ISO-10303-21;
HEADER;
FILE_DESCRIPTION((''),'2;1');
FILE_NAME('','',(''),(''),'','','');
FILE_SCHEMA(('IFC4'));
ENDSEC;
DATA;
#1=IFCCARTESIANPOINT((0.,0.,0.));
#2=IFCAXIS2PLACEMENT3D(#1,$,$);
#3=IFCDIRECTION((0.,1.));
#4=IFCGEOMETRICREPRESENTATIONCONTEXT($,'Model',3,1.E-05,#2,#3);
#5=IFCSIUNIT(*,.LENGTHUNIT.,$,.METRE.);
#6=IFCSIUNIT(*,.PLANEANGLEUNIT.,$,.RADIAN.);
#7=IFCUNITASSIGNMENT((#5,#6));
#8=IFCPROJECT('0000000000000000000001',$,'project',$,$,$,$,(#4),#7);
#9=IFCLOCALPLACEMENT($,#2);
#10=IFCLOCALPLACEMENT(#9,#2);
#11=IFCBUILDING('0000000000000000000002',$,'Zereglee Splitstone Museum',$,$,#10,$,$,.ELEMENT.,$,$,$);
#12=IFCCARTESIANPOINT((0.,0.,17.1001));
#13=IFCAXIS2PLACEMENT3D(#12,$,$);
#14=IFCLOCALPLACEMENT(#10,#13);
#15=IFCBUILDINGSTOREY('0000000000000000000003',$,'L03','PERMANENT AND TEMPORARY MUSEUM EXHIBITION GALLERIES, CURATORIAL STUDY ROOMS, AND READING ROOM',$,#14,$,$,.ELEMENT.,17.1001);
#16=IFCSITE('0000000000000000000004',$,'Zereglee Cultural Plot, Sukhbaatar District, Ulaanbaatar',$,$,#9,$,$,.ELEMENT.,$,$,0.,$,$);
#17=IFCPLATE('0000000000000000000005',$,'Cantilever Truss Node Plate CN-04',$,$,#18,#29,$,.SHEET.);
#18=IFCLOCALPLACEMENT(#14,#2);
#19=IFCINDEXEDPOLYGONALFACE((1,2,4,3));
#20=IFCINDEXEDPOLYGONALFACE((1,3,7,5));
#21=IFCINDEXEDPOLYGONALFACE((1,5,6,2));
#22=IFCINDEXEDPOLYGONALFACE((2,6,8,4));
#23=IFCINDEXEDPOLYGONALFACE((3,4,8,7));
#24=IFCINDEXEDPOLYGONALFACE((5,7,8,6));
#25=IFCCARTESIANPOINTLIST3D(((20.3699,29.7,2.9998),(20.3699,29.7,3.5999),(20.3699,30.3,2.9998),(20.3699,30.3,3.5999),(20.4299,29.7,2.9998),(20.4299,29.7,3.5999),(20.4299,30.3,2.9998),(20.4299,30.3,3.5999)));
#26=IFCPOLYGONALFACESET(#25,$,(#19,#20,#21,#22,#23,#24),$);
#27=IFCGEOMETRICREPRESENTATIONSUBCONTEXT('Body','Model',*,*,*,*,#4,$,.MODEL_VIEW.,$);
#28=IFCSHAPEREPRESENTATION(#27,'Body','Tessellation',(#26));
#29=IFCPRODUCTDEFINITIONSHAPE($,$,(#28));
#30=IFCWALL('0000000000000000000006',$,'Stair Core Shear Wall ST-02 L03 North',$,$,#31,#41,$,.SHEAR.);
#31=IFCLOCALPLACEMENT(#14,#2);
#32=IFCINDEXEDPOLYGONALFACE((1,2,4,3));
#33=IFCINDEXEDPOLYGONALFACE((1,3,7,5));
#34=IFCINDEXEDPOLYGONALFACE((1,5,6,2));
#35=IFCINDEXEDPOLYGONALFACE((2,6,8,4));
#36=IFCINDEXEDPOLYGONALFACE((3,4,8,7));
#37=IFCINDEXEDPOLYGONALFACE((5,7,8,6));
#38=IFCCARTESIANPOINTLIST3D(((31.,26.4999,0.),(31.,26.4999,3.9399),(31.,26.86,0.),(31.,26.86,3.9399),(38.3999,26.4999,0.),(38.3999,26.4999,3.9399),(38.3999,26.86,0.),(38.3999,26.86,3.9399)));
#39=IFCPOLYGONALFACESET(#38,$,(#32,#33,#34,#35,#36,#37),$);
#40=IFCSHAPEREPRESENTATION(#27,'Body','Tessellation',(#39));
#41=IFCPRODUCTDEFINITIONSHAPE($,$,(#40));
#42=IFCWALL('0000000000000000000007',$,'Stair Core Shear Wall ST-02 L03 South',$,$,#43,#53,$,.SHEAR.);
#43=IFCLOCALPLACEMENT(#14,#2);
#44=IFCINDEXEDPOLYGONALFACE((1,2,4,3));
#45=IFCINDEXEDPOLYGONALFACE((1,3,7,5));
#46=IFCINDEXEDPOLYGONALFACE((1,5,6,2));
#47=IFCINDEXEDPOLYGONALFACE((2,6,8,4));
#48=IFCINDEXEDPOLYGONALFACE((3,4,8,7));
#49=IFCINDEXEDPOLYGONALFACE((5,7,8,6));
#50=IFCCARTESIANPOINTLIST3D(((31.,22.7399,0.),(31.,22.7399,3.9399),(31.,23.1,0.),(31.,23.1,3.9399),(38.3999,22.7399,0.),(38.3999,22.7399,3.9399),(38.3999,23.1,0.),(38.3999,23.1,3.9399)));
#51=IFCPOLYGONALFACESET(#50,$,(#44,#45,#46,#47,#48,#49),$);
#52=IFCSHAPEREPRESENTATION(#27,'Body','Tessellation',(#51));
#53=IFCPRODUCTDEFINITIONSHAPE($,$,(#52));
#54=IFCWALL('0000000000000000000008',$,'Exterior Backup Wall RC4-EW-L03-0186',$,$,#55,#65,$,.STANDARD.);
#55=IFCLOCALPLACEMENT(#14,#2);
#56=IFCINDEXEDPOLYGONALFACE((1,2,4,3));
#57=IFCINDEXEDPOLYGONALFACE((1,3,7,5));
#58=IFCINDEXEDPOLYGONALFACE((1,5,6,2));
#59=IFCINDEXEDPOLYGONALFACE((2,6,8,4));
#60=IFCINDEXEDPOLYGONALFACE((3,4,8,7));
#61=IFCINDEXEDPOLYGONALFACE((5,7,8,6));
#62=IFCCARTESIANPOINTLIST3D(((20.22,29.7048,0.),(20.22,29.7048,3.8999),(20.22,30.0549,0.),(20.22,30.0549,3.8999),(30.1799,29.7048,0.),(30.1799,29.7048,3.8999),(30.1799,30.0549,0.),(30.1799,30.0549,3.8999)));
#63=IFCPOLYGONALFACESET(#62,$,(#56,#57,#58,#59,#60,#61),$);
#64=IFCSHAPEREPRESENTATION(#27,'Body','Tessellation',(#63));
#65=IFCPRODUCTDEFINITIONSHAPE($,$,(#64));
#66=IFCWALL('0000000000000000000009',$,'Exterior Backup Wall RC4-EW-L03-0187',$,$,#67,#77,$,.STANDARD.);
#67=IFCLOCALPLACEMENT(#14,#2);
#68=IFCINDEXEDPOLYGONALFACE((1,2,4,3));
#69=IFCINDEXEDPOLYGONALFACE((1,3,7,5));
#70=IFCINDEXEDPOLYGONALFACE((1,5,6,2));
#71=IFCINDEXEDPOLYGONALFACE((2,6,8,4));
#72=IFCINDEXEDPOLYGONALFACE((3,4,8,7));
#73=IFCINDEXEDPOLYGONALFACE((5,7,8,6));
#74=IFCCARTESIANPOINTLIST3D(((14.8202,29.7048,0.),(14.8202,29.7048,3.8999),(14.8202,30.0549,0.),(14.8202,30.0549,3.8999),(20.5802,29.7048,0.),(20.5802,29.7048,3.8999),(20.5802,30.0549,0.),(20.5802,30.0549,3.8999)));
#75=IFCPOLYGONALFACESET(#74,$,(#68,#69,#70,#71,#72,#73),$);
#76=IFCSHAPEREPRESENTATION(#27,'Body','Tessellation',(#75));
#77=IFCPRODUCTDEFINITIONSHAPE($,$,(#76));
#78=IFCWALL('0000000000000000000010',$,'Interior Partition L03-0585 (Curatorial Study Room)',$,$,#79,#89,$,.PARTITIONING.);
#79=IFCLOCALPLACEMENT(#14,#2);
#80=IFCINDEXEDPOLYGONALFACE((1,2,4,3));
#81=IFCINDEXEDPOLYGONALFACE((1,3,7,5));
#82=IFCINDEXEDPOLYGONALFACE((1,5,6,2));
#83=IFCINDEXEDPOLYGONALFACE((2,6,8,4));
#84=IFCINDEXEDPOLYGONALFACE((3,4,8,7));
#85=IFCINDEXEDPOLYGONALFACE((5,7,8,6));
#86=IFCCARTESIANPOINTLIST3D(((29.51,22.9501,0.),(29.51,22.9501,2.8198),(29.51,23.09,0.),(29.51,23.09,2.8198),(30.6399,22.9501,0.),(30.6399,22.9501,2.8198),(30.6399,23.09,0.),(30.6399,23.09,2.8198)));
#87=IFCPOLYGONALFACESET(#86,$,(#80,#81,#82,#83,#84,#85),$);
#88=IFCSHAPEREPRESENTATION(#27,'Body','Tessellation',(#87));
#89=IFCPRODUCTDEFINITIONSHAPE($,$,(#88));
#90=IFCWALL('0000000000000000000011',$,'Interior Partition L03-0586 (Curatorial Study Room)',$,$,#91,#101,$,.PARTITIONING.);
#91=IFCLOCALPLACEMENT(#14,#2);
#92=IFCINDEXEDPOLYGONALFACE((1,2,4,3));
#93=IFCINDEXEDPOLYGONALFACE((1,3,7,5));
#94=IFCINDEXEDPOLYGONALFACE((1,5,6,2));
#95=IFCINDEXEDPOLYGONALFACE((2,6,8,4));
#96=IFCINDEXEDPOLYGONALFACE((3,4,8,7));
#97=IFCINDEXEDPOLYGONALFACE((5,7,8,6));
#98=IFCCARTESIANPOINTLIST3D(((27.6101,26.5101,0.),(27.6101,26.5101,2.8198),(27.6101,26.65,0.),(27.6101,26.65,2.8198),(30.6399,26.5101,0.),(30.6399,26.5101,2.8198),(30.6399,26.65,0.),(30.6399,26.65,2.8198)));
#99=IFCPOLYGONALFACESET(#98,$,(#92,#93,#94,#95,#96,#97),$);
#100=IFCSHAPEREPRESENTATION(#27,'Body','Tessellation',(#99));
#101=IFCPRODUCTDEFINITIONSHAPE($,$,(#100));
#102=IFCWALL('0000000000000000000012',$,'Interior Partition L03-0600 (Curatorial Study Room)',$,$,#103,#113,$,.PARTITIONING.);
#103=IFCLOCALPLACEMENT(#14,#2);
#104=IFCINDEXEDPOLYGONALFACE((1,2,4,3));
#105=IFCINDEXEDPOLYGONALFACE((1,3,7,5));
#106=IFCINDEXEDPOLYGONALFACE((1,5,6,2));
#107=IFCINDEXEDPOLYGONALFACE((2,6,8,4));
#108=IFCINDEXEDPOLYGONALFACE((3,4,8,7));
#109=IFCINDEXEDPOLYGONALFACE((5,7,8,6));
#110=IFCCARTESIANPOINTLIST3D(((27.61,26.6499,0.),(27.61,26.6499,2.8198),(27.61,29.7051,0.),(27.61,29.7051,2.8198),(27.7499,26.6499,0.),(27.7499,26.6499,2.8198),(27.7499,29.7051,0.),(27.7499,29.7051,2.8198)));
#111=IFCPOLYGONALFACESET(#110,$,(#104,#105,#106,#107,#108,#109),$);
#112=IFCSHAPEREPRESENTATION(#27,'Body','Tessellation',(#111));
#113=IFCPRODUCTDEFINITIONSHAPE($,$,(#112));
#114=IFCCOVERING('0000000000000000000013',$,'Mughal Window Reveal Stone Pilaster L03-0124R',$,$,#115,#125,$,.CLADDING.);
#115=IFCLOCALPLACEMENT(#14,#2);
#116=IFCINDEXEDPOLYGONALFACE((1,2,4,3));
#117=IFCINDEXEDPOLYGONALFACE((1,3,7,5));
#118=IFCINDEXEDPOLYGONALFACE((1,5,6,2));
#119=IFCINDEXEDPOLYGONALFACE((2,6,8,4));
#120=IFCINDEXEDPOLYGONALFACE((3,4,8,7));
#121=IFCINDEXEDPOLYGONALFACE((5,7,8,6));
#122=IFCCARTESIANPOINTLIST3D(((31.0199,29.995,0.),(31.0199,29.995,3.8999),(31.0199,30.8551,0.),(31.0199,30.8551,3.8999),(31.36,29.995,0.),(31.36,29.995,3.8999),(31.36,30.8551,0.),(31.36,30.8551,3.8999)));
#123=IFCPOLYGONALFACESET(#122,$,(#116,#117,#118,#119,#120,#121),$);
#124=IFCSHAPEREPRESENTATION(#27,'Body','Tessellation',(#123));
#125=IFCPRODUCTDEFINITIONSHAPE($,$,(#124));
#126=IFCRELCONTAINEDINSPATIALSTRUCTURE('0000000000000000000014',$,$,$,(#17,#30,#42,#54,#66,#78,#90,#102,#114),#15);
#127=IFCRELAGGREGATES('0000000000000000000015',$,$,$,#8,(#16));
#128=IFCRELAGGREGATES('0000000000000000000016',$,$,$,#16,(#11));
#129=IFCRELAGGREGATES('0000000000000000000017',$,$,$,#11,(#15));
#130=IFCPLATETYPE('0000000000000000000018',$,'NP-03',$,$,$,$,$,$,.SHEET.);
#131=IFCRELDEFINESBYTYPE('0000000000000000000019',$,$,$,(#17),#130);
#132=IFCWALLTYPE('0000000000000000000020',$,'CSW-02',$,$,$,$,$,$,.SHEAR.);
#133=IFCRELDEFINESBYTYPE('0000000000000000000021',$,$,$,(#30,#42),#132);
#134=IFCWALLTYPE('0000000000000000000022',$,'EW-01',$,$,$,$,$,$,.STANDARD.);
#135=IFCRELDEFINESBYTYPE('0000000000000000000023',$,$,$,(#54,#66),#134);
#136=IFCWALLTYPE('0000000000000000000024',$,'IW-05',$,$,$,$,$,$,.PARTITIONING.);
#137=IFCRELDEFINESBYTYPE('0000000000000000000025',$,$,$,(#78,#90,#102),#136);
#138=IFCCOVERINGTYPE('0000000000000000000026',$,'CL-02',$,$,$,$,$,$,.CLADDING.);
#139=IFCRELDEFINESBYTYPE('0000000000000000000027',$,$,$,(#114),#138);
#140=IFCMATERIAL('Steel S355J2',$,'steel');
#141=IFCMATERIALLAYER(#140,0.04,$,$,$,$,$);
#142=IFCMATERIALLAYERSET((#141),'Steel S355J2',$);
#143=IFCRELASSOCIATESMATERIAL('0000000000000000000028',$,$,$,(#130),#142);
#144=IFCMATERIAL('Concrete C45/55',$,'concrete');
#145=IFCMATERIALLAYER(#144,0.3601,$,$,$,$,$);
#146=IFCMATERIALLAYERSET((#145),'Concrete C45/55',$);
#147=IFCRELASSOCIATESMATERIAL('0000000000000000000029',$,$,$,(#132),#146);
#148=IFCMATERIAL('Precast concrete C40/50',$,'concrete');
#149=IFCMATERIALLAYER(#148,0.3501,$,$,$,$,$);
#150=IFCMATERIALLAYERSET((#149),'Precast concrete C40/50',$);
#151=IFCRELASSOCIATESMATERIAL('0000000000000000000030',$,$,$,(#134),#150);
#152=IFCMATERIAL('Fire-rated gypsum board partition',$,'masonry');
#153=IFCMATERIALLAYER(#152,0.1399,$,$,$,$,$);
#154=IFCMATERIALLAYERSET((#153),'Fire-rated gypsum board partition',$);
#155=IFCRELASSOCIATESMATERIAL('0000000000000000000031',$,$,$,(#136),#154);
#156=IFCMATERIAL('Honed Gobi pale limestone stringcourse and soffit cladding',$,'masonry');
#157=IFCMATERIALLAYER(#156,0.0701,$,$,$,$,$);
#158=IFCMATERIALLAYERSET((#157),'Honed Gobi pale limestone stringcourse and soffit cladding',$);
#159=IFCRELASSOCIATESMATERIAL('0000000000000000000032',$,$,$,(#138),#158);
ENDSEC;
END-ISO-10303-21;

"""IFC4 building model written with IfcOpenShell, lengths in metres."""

from ifc_helpers import new_model, si_unit, direction, frame, frame_2d, origin, origin_2d, place, context, subcontext, project, spatial, rectangle, extrude, material, layer, layer_set, type_object, element, save


model = new_model("IFC4")

# Units and contexts
model_context = context("Model", 3, precision=1e-05, world=origin(), true_north=direction((0.0, 1.0)))
body_context = subcontext(model_context, "Body", "Model", "MODEL_VIEW")
ifc_project = project(units=[si_unit("LENGTHUNIT", "METRE"), si_unit("PLANEANGLEUNIT", "RADIAN")], contexts=[model_context])

# Site, building, storey
site_placement = place(None, origin())
site = spatial("IfcSite", under=ifc_project, at=site_placement, Name="Zereglee Cultural Plot, Sukhbaatar District, Ulaanbaatar", CompositionType="ELEMENT", RefElevation=0.0)
building_placement = place(site_placement, origin())
building = spatial("IfcBuilding", under=site, at=building_placement, Name="Zereglee Splitstone Museum", CompositionType="ELEMENT")
storey_placement = place(building_placement, frame((0.0, 0.0, 17.1001)))
storey = spatial("IfcBuildingStorey", under=building, at=storey_placement, Name="L03", Description="PERMANENT AND TEMPORARY MUSEUM EXHIBITION GALLERIES, CURATORIAL STUDY ROOMS, AND READING ROOM", CompositionType="ELEMENT", Elevation=17.1001)

# Shared definitions
ifc_material_1 = material(Name="Steel S355J2", Category="steel")

# Plate
ifc_layer_1 = layer(ifc_material_1, 0.04)
ifc_layer_set_1 = layer_set([ifc_layer_1], Name="Steel S355J2")
plate_type = type_object("IfcPlateType", Name="NP-03", PredefinedType="SHEET", material=ifc_layer_set_1)
plate_placement = place(storey_placement, frame((20.3999, 30.0, 2.9998), z_axis=(0.0, 0.0, 1.0), x_axis=(1.0, 0.0, 0.0)))
element("IfcPlate", 1, at=plate_placement, inside=storey, type_object=plate_type, Name="Cantilever Truss Node Plate CN-04", PredefinedType="SHEET", context=body_context, shape_type="SweptSolid", body=[
    extrude(rectangle(XDim=0.0601, YDim=0.6001, at=origin_2d()), origin(), (0.0, 0.0, 1.0), 0.6001),
])

# Shared definitions
ifc_material_2 = material(Name="Concrete C45/55", Category="concrete")
ifc_layer_2 = layer(ifc_material_2, 0.3601)
ifc_layer_set_2 = layer_set([ifc_layer_2], Name="Concrete C45/55")
wall_type_1 = type_object("IfcWallType", Name="CSW-02", PredefinedType="SHEAR", material=ifc_layer_set_2)

# Walls
for number, where, z_axis, x_axis, name in (
    (2, (31.0, 26.6799, 0.0), (0.0, 0.0, 1.0), (1.0, 0.0, 0.0), "Stair Core Shear Wall ST-02 L03 North"),
    (3, (31.0, 22.9199, 0.0), (0.0, 0.0, 1.0), (1.0, 0.0, 0.0), "Stair Core Shear Wall ST-02 L03 South"),
):
    element("IfcWall", number, at=place(storey_placement, frame(where, z_axis=z_axis, x_axis=x_axis)), inside=storey, type_object=wall_type_1, Name=name, PredefinedType="SHEAR", context=body_context, shape_type="SweptSolid", body=[
        extrude(rectangle(XDim=7.3999, YDim=0.3601, at=frame_2d((3.7, 0.0))), origin(), (0.0, 0.0, 1.0), 3.9399),
    ])
ifc_material_3 = material(Name="Precast concrete C40/50", Category="concrete")
ifc_layer_3 = layer(ifc_material_3, 0.3501)
ifc_layer_set_3 = layer_set([ifc_layer_3], Name="Precast concrete C40/50")
wall_type_2 = type_object("IfcWallType", Name="EW-01", PredefinedType="STANDARD", material=ifc_layer_set_3)
wall_1_placement = place(storey_placement, frame((30.1799, 29.8799, 0.0), z_axis=(0.0, 0.0, 1.0), x_axis=(-1.0, 0.0, 0.0)))
element("IfcWall", 4, at=wall_1_placement, inside=storey, type_object=wall_type_2, Name="Exterior Backup Wall RC4-EW-L03-0186", PredefinedType="STANDARD", context=body_context, shape_type="SweptSolid", body=[
    extrude(rectangle(XDim=9.96, YDim=0.3501, at=frame_2d((4.98, 0.0))), origin(), (0.0, 0.0, 1.0), 3.8999),
])
wall_2_placement = place(storey_placement, frame((20.5801, 29.8799, 0.0), z_axis=(0.0, 0.0, 1.0), x_axis=(-1.0, 0.0, 0.0)))
element("IfcWall", 5, at=wall_2_placement, inside=storey, type_object=wall_type_2, Name="Exterior Backup Wall RC4-EW-L03-0187", PredefinedType="STANDARD", context=body_context, shape_type="SweptSolid", body=[
    extrude(rectangle(XDim=5.76, YDim=0.3501, at=frame_2d((2.8799, 0.0))), origin(), (0.0, 0.0, 1.0), 3.8999),
])
ifc_material_4 = material(Name="Fire-rated gypsum board partition", Category="masonry")
ifc_layer_4 = layer(ifc_material_4, 0.1399)
ifc_layer_set_4 = layer_set([ifc_layer_4], Name="Fire-rated gypsum board partition")
wall_type_3 = type_object("IfcWallType", Name="IW-05", PredefinedType="PARTITIONING", material=ifc_layer_set_4)
wall_3_placement = place(storey_placement, frame((29.51, 23.02, 0.0), z_axis=(0.0, 0.0, 1.0), x_axis=(1.0, 0.0, 0.0)))
element("IfcWall", 6, at=wall_3_placement, inside=storey, type_object=wall_type_3, Name="Interior Partition L03-0585 (Curatorial Study Room)", PredefinedType="PARTITIONING", context=body_context, shape_type="SweptSolid", body=[
    extrude(rectangle(XDim=1.1299, YDim=0.1399, at=frame_2d((0.5649, 0.0))), origin(), (0.0, 0.0, 1.0), 2.8198),
])
wall_4_placement = place(storey_placement, frame((27.6101, 26.5801, 0.0), z_axis=(0.0, 0.0, 1.0), x_axis=(1.0, 0.0, 0.0)))
element("IfcWall", 7, at=wall_4_placement, inside=storey, type_object=wall_type_3, Name="Interior Partition L03-0586 (Curatorial Study Room)", PredefinedType="PARTITIONING", context=body_context, shape_type="SweptSolid", body=[
    extrude(rectangle(XDim=3.0298, YDim=0.1399, at=frame_2d((1.5149, 0.0))), origin(), (0.0, 0.0, 1.0), 2.8198),
])
wall_5_placement = place(storey_placement, frame((27.6799, 26.6499, 0.0), z_axis=(0.0, 0.0, 1.0), x_axis=(0.0, 1.0, 0.0)))
element("IfcWall", 8, at=wall_5_placement, inside=storey, type_object=wall_type_3, Name="Interior Partition L03-0600 (Curatorial Study Room)", PredefinedType="PARTITIONING", context=body_context, shape_type="SweptSolid", body=[
    extrude(rectangle(XDim=3.0552, YDim=0.1399, at=frame_2d((1.5276, 0.0))), origin(), (0.0, 0.0, 1.0), 2.8198),
])

# Covering
ifc_material_5 = material(Name="Honed Gobi pale limestone stringcourse and soffit cladding", Category="masonry")
ifc_layer_5 = layer(ifc_material_5, 0.0701)
ifc_layer_set_5 = layer_set([ifc_layer_5], Name="Honed Gobi pale limestone stringcourse and soffit cladding")
covering_type = type_object("IfcCoveringType", Name="CL-02", PredefinedType="CLADDING", material=ifc_layer_set_5)
covering_placement = place(storey_placement, frame((31.1899, 30.425, 0.0), z_axis=(0.0, 0.0, 1.0), x_axis=(-1.0, 0.0, 0.0)))
element("IfcCovering", 9, at=covering_placement, inside=storey, type_object=covering_type, Name="Mughal Window Reveal Stone Pilaster L03-0124R", PredefinedType="CLADDING", context=body_context, shape_type="SweptSolid", body=[
    extrude(rectangle(XDim=0.3401, YDim=0.8601, at=origin_2d()), origin(), (0.0, 0.0, 1.0), 3.8999),
])

save(model, "model.ifc")
